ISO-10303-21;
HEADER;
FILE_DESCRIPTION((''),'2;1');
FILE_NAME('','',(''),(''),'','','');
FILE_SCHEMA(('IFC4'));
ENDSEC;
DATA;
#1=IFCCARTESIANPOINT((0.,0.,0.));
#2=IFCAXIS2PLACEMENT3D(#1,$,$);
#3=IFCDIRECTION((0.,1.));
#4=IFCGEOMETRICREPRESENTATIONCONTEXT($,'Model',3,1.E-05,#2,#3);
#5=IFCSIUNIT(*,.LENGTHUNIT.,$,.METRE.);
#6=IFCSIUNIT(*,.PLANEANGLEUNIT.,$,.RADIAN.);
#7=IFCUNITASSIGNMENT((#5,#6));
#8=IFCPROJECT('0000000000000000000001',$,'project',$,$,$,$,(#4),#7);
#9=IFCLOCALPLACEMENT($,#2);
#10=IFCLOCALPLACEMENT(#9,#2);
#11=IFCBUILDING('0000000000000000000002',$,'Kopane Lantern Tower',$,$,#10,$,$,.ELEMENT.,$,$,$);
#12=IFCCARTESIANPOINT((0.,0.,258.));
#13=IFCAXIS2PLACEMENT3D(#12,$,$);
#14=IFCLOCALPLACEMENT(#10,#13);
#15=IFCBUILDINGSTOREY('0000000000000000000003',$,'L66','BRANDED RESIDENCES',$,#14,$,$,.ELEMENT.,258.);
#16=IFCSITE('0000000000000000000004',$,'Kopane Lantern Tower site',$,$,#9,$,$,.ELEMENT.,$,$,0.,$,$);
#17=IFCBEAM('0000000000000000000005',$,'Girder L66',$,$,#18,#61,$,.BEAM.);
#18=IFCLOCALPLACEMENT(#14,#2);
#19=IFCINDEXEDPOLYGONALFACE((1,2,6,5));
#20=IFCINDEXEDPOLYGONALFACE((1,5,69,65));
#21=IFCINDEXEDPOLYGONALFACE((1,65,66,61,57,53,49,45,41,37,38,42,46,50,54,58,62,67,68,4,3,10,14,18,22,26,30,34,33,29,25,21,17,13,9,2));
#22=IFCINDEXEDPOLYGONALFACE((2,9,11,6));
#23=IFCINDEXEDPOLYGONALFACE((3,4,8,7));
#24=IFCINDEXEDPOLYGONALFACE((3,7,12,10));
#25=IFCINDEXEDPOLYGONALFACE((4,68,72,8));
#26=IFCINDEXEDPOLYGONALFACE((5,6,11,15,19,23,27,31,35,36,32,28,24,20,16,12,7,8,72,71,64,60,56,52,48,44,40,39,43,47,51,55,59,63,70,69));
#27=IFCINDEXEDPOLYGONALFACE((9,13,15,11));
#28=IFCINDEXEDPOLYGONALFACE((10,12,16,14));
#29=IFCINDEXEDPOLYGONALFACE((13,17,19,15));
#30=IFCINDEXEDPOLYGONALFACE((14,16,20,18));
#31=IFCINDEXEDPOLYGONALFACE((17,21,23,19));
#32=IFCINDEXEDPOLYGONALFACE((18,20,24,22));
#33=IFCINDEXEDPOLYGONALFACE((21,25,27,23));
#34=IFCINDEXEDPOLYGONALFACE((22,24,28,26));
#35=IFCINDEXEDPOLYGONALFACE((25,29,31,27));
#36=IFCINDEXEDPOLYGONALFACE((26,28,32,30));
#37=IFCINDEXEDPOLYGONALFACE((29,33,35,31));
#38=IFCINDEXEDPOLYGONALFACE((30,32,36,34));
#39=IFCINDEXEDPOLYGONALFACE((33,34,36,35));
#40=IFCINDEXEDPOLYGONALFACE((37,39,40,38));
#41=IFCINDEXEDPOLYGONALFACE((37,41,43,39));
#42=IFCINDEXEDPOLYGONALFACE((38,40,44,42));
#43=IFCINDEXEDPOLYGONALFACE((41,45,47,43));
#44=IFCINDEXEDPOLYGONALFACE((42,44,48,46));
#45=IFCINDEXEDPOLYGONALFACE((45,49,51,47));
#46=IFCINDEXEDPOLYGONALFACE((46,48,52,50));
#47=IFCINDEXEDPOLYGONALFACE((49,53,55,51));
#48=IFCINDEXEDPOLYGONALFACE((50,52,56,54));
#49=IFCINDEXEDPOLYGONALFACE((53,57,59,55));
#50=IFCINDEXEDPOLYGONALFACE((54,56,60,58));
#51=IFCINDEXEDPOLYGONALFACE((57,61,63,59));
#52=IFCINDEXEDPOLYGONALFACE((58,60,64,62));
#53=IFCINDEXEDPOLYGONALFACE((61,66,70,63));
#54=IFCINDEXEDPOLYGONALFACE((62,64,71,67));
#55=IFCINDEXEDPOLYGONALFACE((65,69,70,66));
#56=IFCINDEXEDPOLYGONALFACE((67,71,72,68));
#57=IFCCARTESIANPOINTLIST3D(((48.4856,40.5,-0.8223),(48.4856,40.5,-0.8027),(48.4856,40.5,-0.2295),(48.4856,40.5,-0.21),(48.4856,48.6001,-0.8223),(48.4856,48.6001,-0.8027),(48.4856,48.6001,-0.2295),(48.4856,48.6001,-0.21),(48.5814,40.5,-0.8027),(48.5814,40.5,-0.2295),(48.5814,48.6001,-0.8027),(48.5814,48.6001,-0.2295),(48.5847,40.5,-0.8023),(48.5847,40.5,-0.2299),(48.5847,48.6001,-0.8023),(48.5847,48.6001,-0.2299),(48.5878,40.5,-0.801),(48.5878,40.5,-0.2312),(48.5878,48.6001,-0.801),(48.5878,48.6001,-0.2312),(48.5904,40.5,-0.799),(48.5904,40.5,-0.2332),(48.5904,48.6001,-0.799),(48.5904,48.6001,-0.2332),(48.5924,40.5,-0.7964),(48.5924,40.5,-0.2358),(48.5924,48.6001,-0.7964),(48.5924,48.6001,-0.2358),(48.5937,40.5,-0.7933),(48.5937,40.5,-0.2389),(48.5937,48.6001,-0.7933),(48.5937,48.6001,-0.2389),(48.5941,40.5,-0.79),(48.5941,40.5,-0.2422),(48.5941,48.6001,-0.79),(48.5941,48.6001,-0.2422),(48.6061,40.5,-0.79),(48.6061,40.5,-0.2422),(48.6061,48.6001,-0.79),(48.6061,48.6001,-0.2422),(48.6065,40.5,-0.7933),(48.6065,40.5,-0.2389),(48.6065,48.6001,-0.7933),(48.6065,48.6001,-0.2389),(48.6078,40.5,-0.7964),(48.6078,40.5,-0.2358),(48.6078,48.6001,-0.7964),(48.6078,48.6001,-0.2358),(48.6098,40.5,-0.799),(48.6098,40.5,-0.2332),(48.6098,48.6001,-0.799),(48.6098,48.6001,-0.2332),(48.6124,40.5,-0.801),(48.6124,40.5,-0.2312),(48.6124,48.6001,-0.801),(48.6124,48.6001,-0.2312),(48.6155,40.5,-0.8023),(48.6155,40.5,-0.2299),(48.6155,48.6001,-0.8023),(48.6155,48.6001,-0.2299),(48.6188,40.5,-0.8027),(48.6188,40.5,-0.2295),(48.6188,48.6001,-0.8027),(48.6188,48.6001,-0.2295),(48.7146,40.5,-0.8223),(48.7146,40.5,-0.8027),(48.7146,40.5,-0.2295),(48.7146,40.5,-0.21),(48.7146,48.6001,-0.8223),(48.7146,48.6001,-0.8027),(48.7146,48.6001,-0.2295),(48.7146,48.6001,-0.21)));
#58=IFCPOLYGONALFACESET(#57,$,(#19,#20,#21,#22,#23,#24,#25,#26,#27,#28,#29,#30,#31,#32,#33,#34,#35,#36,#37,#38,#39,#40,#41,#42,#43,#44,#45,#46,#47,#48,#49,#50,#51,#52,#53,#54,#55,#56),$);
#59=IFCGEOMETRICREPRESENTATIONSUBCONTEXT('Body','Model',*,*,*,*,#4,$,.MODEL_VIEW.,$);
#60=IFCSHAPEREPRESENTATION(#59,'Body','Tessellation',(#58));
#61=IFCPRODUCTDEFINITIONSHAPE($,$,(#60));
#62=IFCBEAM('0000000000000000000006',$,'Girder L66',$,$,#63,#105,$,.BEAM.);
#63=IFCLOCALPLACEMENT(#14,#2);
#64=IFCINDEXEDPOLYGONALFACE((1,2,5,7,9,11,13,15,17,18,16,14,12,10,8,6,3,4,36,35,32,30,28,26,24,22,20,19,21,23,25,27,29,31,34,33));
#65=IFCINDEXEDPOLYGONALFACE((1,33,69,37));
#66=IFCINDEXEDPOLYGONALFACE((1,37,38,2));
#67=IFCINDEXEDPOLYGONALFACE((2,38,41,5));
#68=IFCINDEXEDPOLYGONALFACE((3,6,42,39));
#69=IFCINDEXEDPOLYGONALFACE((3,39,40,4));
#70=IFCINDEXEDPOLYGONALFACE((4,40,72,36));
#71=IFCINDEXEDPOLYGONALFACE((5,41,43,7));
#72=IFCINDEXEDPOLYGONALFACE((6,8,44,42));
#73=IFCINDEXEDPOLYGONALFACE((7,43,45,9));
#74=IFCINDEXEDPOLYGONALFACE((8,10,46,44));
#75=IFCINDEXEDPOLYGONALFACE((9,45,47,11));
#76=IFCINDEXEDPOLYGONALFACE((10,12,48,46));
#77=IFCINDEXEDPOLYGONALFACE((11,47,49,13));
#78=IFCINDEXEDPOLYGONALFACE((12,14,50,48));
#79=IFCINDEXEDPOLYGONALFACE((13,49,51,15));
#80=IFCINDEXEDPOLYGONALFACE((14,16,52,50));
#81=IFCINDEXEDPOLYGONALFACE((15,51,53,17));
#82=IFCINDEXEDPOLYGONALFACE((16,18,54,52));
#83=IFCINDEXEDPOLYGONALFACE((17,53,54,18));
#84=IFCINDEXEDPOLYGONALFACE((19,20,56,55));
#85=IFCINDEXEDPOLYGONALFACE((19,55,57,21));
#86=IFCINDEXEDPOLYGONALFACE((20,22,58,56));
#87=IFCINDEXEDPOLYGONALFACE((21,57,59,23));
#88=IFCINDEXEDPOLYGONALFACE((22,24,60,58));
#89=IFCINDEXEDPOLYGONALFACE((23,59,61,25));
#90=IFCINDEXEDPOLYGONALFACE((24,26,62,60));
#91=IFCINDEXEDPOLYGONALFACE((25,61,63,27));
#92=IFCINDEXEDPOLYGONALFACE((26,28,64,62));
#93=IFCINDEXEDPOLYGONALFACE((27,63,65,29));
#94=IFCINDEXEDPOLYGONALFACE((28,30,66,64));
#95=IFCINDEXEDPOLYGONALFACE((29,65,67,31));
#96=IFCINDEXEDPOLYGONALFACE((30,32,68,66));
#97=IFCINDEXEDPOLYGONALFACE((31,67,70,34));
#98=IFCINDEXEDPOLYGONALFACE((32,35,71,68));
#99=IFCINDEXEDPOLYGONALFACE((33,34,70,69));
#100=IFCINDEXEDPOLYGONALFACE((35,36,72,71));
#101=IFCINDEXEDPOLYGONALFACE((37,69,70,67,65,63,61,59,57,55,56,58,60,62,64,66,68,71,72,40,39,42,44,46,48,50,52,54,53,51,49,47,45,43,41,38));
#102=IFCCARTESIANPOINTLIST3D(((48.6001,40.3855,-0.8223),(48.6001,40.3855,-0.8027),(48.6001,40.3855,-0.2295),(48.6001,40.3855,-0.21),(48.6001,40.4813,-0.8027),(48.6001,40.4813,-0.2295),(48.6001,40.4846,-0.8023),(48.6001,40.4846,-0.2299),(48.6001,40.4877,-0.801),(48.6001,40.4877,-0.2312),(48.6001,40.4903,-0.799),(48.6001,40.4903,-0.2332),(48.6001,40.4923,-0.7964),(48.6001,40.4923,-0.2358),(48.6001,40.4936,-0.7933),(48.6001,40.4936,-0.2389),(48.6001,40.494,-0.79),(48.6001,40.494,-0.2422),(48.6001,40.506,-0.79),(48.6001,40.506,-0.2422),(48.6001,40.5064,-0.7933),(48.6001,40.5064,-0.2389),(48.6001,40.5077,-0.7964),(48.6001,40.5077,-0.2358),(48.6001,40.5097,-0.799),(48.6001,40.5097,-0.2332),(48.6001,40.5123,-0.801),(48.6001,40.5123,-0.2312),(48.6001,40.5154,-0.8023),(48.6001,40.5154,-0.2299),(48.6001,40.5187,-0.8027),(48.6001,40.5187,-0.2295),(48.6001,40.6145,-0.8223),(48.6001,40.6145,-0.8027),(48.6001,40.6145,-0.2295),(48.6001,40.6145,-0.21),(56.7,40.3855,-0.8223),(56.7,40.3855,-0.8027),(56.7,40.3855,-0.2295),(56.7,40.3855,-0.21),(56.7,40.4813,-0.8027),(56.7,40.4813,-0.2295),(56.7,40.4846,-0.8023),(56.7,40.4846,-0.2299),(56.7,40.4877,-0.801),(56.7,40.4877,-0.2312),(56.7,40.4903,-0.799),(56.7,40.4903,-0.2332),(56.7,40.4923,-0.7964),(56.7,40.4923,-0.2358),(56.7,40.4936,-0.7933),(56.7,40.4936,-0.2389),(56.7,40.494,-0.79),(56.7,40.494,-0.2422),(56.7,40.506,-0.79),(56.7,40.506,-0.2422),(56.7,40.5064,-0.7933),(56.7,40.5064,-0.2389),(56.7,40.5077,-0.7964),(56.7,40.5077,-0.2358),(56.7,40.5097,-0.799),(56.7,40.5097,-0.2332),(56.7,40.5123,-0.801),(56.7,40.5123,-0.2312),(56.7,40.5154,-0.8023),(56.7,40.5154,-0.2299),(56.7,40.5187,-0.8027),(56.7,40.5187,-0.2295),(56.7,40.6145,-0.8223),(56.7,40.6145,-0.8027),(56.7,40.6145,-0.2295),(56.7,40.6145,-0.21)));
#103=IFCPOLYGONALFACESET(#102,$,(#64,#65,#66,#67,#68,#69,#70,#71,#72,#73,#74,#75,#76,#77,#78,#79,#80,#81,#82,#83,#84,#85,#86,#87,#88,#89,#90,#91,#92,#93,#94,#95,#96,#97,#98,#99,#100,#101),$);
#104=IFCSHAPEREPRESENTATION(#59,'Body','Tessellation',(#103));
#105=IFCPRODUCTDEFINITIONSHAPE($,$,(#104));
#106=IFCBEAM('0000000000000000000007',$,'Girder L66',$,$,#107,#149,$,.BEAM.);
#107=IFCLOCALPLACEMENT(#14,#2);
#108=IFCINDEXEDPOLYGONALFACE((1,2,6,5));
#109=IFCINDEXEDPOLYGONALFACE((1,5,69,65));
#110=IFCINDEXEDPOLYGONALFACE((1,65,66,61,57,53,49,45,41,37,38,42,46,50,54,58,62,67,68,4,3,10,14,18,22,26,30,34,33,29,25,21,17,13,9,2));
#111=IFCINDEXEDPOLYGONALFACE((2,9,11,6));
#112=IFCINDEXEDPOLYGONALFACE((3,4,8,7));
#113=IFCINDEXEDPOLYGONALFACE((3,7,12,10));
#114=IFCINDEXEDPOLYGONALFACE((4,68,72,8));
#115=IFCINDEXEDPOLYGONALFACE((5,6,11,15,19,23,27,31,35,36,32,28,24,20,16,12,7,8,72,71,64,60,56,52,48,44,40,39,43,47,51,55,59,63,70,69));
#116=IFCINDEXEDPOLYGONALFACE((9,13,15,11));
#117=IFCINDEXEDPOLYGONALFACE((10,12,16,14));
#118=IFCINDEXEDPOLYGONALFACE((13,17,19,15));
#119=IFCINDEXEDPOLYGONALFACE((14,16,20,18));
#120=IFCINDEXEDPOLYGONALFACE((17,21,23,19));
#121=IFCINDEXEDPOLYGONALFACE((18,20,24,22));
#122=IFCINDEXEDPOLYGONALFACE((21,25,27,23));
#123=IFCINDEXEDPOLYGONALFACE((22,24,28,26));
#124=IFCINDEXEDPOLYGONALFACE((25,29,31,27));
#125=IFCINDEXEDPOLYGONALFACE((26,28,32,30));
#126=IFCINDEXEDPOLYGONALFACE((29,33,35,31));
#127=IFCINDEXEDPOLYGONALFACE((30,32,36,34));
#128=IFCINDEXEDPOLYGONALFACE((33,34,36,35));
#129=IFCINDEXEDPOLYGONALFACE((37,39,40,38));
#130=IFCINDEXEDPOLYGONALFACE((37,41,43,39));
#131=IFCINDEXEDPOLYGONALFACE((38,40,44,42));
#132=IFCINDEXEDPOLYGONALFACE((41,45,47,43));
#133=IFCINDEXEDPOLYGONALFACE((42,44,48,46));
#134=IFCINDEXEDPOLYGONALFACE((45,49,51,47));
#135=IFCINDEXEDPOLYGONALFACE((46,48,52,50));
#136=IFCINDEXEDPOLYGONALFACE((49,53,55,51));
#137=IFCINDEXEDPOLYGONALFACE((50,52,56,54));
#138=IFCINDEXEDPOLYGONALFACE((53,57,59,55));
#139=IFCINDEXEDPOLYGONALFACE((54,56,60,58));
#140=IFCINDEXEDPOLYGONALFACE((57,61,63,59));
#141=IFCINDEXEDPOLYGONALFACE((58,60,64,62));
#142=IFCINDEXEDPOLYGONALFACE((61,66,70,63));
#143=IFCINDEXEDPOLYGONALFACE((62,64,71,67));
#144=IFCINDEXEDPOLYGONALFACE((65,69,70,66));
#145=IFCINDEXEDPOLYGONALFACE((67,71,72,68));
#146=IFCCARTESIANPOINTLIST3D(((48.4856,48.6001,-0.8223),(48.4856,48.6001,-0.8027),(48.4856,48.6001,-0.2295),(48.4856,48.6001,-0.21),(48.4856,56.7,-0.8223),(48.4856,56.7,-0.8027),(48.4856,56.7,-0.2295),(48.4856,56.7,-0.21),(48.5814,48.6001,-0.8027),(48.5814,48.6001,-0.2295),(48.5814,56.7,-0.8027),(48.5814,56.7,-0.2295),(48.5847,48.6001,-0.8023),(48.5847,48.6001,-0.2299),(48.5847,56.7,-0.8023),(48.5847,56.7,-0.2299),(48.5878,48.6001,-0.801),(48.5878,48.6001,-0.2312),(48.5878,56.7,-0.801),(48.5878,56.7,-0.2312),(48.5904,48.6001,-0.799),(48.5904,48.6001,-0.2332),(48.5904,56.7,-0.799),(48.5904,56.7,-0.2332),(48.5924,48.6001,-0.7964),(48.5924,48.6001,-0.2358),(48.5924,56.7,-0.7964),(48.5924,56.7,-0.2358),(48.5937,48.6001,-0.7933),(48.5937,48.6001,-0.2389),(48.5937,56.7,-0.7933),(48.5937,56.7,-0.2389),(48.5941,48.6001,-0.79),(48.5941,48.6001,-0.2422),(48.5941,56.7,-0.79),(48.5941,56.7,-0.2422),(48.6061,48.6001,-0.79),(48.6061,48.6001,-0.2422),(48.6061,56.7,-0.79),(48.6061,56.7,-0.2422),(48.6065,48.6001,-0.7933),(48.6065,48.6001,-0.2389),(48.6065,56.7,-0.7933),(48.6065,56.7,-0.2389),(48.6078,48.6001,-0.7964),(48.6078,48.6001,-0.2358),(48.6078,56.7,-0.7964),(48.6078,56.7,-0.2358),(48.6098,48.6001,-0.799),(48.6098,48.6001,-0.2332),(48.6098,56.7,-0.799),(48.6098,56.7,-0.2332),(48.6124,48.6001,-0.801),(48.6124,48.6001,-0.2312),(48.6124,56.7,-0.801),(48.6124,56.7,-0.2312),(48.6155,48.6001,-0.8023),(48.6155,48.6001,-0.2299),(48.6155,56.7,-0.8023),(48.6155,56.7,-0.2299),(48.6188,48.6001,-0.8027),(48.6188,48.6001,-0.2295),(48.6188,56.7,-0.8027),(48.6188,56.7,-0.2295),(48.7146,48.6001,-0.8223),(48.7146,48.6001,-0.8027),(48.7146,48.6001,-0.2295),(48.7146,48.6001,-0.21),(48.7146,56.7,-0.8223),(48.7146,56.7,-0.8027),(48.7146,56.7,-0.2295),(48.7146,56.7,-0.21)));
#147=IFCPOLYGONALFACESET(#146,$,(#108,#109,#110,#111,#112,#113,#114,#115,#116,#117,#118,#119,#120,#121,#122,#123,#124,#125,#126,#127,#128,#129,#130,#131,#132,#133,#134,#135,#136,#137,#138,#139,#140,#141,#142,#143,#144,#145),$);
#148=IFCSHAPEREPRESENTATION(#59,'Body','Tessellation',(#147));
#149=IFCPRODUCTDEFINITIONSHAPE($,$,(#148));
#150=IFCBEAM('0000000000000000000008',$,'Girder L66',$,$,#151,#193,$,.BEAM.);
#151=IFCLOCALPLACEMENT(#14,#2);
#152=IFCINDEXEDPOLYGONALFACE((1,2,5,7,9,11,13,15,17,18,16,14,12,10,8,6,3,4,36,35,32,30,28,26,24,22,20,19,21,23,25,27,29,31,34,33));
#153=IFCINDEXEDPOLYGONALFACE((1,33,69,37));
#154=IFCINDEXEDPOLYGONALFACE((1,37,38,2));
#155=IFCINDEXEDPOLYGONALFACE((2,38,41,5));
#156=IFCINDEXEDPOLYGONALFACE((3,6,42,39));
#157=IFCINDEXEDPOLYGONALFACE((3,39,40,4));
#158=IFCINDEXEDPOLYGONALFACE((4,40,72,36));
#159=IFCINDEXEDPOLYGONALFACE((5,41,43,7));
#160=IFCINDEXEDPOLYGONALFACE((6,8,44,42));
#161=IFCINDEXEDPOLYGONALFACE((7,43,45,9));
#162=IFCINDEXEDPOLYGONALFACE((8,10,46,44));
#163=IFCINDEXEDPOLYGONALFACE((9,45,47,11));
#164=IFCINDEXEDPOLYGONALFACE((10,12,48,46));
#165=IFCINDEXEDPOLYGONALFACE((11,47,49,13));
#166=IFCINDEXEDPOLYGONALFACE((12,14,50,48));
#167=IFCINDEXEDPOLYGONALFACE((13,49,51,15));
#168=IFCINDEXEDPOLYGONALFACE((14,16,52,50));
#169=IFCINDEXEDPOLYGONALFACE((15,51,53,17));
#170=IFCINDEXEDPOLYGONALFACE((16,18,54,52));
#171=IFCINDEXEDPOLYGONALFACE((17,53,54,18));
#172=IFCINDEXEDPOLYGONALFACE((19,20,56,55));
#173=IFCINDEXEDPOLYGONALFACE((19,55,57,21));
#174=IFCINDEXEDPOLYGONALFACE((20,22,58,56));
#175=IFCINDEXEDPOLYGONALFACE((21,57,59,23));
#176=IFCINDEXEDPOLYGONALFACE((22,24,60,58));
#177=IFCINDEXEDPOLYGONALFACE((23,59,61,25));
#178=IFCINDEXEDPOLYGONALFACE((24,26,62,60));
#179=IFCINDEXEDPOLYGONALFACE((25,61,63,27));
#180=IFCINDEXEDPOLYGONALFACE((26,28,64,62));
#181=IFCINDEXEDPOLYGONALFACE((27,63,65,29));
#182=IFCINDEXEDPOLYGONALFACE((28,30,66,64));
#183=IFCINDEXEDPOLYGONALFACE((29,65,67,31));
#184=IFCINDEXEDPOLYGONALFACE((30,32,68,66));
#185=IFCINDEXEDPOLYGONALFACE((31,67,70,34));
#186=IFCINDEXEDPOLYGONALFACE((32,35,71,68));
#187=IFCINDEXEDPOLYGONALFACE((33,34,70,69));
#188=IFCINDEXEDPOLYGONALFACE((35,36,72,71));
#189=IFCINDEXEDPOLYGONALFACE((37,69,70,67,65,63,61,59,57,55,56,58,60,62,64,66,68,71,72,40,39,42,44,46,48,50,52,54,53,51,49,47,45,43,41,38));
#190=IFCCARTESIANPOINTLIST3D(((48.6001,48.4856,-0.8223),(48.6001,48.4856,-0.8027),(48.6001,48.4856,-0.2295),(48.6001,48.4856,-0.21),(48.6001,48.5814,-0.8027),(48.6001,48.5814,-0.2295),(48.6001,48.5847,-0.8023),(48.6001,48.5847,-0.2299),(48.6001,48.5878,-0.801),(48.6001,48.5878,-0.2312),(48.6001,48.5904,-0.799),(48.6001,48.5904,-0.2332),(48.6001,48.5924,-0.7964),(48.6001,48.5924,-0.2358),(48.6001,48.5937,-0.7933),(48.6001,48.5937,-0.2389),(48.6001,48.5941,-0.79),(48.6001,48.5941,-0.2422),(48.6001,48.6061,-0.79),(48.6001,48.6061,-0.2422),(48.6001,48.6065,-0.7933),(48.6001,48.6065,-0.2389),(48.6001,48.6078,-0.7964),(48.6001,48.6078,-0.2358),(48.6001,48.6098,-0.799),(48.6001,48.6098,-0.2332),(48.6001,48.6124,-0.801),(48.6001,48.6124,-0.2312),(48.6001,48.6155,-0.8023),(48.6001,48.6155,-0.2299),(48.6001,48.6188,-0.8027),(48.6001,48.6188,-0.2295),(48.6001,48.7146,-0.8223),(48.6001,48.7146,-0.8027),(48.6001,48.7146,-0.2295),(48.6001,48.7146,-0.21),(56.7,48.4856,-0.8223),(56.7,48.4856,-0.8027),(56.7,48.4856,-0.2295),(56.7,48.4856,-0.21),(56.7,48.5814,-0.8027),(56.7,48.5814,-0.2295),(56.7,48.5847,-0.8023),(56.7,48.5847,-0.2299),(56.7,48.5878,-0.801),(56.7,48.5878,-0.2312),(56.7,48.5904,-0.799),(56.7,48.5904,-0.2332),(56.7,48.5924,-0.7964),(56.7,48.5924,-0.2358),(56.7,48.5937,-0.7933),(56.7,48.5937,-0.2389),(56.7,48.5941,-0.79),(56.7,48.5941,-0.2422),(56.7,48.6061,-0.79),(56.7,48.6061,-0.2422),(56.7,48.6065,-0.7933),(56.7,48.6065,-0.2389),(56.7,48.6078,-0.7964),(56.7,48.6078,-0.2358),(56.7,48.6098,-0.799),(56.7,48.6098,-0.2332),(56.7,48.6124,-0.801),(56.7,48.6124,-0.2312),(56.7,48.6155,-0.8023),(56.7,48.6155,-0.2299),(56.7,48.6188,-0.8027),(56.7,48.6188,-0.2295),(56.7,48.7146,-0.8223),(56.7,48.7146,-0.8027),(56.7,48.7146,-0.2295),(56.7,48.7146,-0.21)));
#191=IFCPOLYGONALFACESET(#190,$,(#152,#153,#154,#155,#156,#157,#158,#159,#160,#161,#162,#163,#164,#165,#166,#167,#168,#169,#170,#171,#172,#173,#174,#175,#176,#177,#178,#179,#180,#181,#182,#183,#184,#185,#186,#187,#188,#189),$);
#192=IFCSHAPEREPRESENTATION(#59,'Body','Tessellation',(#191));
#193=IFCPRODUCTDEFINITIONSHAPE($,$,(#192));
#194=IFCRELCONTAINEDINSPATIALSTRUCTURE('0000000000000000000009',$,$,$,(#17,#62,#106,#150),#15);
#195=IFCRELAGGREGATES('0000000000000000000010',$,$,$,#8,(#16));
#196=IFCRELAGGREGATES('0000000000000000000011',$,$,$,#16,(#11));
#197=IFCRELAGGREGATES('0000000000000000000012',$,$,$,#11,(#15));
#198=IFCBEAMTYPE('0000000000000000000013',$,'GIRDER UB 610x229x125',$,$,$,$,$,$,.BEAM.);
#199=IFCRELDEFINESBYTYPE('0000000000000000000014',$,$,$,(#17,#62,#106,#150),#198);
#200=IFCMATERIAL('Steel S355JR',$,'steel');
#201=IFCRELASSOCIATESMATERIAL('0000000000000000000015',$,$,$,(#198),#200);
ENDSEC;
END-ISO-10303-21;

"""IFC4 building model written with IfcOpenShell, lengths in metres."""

from ifc_helpers import new_model, si_unit, direction, frame, origin, origin_2d, place, context, subcontext, project, spatial, i_section, extrude, material, material_profile, profile_set, type_object, element, save


model = new_model("IFC4")

# Units and contexts
model_context = context("Model", 3, precision=1e-05, world=origin(), true_north=direction((0.0, 1.0)))
body_context = subcontext(model_context, "Body", "Model", "MODEL_VIEW")
ifc_project = project(units=[si_unit("LENGTHUNIT", "METRE"), si_unit("PLANEANGLEUNIT", "RADIAN")], contexts=[model_context])

# Site, building, storey
site_placement = place(None, origin())
site = spatial("IfcSite", under=ifc_project, at=site_placement, Name="Kopane Lantern Tower site", CompositionType="ELEMENT", RefElevation=0.0)
building_placement = place(site_placement, origin())
building = spatial("IfcBuilding", under=site, at=building_placement, Name="Kopane Lantern Tower", CompositionType="ELEMENT")
storey_placement = place(building_placement, frame((0.0, 0.0, 258.0)))
storey = spatial("IfcBuildingStorey", under=building, at=storey_placement, Name="L66", Description="BRANDED RESIDENCES", CompositionType="ELEMENT", Elevation=258.0)

# Beams
ifc_material_1 = material(Name="Steel S355JR", Category="steel")
ifc_material_profile_1 = material_profile(ifc_material_1, i_section(OverallWidth=0.229, OverallDepth=0.6123, WebThickness=0.012, FlangeThickness=0.0195, FilletRadius=0.0127, at=origin_2d()), Name="UB 610x229x125")
ifc_profile_set_1 = profile_set([ifc_material_profile_1], Name="Steel S355JR")
beam_type = type_object("IfcBeamType", Name="GIRDER UB 610x229x125", PredefinedType="BEAM", material=ifc_profile_set_1)
beam_1_placement = place(storey_placement, frame((48.6001, 40.5, -0.5161), z_axis=(0.0, 1.0, 0.0), x_axis=(-1.0, 0.0, 0.0)))
element("IfcBeam", 1, at=beam_1_placement, inside=storey, type_object=beam_type, Name="Girder L66", PredefinedType="BEAM", context=body_context, shape_type="SweptSolid", body=[
    extrude(i_section(OverallWidth=0.229, OverallDepth=0.6123, WebThickness=0.012, FlangeThickness=0.0195, FilletRadius=0.0127, at=origin_2d()), origin(), (0.0, 0.0, 1.0), 8.1001),
])
for number, where, z_axis, x_axis, name in (
    (2, (48.6001, 40.5, -0.5161), (1.0, 0.0, 0.0), (0.0, 1.0, 0.0), "Girder L66"),
    (3, (48.6001, 48.6001, -0.5161), (0.0, 1.0, 0.0), (-1.0, 0.0, 0.0), "Girder L66"),
    (4, (48.6001, 48.6001, -0.5161), (1.0, 0.0, 0.0), (0.0, 1.0, 0.0), "Girder L66"),
):
    element("IfcBeam", number, at=place(storey_placement, frame(where, z_axis=z_axis, x_axis=x_axis)), inside=storey, type_object=beam_type, Name=name, PredefinedType="BEAM", context=body_context, shape_type="SweptSolid", body=[
        extrude(i_section(OverallWidth=0.229, OverallDepth=0.6123, WebThickness=0.012, FlangeThickness=0.0195, FilletRadius=0.0127, at=origin_2d()), origin(), (0.0, 0.0, 1.0), 8.0999),
    ])

save(model, "model.ifc")
